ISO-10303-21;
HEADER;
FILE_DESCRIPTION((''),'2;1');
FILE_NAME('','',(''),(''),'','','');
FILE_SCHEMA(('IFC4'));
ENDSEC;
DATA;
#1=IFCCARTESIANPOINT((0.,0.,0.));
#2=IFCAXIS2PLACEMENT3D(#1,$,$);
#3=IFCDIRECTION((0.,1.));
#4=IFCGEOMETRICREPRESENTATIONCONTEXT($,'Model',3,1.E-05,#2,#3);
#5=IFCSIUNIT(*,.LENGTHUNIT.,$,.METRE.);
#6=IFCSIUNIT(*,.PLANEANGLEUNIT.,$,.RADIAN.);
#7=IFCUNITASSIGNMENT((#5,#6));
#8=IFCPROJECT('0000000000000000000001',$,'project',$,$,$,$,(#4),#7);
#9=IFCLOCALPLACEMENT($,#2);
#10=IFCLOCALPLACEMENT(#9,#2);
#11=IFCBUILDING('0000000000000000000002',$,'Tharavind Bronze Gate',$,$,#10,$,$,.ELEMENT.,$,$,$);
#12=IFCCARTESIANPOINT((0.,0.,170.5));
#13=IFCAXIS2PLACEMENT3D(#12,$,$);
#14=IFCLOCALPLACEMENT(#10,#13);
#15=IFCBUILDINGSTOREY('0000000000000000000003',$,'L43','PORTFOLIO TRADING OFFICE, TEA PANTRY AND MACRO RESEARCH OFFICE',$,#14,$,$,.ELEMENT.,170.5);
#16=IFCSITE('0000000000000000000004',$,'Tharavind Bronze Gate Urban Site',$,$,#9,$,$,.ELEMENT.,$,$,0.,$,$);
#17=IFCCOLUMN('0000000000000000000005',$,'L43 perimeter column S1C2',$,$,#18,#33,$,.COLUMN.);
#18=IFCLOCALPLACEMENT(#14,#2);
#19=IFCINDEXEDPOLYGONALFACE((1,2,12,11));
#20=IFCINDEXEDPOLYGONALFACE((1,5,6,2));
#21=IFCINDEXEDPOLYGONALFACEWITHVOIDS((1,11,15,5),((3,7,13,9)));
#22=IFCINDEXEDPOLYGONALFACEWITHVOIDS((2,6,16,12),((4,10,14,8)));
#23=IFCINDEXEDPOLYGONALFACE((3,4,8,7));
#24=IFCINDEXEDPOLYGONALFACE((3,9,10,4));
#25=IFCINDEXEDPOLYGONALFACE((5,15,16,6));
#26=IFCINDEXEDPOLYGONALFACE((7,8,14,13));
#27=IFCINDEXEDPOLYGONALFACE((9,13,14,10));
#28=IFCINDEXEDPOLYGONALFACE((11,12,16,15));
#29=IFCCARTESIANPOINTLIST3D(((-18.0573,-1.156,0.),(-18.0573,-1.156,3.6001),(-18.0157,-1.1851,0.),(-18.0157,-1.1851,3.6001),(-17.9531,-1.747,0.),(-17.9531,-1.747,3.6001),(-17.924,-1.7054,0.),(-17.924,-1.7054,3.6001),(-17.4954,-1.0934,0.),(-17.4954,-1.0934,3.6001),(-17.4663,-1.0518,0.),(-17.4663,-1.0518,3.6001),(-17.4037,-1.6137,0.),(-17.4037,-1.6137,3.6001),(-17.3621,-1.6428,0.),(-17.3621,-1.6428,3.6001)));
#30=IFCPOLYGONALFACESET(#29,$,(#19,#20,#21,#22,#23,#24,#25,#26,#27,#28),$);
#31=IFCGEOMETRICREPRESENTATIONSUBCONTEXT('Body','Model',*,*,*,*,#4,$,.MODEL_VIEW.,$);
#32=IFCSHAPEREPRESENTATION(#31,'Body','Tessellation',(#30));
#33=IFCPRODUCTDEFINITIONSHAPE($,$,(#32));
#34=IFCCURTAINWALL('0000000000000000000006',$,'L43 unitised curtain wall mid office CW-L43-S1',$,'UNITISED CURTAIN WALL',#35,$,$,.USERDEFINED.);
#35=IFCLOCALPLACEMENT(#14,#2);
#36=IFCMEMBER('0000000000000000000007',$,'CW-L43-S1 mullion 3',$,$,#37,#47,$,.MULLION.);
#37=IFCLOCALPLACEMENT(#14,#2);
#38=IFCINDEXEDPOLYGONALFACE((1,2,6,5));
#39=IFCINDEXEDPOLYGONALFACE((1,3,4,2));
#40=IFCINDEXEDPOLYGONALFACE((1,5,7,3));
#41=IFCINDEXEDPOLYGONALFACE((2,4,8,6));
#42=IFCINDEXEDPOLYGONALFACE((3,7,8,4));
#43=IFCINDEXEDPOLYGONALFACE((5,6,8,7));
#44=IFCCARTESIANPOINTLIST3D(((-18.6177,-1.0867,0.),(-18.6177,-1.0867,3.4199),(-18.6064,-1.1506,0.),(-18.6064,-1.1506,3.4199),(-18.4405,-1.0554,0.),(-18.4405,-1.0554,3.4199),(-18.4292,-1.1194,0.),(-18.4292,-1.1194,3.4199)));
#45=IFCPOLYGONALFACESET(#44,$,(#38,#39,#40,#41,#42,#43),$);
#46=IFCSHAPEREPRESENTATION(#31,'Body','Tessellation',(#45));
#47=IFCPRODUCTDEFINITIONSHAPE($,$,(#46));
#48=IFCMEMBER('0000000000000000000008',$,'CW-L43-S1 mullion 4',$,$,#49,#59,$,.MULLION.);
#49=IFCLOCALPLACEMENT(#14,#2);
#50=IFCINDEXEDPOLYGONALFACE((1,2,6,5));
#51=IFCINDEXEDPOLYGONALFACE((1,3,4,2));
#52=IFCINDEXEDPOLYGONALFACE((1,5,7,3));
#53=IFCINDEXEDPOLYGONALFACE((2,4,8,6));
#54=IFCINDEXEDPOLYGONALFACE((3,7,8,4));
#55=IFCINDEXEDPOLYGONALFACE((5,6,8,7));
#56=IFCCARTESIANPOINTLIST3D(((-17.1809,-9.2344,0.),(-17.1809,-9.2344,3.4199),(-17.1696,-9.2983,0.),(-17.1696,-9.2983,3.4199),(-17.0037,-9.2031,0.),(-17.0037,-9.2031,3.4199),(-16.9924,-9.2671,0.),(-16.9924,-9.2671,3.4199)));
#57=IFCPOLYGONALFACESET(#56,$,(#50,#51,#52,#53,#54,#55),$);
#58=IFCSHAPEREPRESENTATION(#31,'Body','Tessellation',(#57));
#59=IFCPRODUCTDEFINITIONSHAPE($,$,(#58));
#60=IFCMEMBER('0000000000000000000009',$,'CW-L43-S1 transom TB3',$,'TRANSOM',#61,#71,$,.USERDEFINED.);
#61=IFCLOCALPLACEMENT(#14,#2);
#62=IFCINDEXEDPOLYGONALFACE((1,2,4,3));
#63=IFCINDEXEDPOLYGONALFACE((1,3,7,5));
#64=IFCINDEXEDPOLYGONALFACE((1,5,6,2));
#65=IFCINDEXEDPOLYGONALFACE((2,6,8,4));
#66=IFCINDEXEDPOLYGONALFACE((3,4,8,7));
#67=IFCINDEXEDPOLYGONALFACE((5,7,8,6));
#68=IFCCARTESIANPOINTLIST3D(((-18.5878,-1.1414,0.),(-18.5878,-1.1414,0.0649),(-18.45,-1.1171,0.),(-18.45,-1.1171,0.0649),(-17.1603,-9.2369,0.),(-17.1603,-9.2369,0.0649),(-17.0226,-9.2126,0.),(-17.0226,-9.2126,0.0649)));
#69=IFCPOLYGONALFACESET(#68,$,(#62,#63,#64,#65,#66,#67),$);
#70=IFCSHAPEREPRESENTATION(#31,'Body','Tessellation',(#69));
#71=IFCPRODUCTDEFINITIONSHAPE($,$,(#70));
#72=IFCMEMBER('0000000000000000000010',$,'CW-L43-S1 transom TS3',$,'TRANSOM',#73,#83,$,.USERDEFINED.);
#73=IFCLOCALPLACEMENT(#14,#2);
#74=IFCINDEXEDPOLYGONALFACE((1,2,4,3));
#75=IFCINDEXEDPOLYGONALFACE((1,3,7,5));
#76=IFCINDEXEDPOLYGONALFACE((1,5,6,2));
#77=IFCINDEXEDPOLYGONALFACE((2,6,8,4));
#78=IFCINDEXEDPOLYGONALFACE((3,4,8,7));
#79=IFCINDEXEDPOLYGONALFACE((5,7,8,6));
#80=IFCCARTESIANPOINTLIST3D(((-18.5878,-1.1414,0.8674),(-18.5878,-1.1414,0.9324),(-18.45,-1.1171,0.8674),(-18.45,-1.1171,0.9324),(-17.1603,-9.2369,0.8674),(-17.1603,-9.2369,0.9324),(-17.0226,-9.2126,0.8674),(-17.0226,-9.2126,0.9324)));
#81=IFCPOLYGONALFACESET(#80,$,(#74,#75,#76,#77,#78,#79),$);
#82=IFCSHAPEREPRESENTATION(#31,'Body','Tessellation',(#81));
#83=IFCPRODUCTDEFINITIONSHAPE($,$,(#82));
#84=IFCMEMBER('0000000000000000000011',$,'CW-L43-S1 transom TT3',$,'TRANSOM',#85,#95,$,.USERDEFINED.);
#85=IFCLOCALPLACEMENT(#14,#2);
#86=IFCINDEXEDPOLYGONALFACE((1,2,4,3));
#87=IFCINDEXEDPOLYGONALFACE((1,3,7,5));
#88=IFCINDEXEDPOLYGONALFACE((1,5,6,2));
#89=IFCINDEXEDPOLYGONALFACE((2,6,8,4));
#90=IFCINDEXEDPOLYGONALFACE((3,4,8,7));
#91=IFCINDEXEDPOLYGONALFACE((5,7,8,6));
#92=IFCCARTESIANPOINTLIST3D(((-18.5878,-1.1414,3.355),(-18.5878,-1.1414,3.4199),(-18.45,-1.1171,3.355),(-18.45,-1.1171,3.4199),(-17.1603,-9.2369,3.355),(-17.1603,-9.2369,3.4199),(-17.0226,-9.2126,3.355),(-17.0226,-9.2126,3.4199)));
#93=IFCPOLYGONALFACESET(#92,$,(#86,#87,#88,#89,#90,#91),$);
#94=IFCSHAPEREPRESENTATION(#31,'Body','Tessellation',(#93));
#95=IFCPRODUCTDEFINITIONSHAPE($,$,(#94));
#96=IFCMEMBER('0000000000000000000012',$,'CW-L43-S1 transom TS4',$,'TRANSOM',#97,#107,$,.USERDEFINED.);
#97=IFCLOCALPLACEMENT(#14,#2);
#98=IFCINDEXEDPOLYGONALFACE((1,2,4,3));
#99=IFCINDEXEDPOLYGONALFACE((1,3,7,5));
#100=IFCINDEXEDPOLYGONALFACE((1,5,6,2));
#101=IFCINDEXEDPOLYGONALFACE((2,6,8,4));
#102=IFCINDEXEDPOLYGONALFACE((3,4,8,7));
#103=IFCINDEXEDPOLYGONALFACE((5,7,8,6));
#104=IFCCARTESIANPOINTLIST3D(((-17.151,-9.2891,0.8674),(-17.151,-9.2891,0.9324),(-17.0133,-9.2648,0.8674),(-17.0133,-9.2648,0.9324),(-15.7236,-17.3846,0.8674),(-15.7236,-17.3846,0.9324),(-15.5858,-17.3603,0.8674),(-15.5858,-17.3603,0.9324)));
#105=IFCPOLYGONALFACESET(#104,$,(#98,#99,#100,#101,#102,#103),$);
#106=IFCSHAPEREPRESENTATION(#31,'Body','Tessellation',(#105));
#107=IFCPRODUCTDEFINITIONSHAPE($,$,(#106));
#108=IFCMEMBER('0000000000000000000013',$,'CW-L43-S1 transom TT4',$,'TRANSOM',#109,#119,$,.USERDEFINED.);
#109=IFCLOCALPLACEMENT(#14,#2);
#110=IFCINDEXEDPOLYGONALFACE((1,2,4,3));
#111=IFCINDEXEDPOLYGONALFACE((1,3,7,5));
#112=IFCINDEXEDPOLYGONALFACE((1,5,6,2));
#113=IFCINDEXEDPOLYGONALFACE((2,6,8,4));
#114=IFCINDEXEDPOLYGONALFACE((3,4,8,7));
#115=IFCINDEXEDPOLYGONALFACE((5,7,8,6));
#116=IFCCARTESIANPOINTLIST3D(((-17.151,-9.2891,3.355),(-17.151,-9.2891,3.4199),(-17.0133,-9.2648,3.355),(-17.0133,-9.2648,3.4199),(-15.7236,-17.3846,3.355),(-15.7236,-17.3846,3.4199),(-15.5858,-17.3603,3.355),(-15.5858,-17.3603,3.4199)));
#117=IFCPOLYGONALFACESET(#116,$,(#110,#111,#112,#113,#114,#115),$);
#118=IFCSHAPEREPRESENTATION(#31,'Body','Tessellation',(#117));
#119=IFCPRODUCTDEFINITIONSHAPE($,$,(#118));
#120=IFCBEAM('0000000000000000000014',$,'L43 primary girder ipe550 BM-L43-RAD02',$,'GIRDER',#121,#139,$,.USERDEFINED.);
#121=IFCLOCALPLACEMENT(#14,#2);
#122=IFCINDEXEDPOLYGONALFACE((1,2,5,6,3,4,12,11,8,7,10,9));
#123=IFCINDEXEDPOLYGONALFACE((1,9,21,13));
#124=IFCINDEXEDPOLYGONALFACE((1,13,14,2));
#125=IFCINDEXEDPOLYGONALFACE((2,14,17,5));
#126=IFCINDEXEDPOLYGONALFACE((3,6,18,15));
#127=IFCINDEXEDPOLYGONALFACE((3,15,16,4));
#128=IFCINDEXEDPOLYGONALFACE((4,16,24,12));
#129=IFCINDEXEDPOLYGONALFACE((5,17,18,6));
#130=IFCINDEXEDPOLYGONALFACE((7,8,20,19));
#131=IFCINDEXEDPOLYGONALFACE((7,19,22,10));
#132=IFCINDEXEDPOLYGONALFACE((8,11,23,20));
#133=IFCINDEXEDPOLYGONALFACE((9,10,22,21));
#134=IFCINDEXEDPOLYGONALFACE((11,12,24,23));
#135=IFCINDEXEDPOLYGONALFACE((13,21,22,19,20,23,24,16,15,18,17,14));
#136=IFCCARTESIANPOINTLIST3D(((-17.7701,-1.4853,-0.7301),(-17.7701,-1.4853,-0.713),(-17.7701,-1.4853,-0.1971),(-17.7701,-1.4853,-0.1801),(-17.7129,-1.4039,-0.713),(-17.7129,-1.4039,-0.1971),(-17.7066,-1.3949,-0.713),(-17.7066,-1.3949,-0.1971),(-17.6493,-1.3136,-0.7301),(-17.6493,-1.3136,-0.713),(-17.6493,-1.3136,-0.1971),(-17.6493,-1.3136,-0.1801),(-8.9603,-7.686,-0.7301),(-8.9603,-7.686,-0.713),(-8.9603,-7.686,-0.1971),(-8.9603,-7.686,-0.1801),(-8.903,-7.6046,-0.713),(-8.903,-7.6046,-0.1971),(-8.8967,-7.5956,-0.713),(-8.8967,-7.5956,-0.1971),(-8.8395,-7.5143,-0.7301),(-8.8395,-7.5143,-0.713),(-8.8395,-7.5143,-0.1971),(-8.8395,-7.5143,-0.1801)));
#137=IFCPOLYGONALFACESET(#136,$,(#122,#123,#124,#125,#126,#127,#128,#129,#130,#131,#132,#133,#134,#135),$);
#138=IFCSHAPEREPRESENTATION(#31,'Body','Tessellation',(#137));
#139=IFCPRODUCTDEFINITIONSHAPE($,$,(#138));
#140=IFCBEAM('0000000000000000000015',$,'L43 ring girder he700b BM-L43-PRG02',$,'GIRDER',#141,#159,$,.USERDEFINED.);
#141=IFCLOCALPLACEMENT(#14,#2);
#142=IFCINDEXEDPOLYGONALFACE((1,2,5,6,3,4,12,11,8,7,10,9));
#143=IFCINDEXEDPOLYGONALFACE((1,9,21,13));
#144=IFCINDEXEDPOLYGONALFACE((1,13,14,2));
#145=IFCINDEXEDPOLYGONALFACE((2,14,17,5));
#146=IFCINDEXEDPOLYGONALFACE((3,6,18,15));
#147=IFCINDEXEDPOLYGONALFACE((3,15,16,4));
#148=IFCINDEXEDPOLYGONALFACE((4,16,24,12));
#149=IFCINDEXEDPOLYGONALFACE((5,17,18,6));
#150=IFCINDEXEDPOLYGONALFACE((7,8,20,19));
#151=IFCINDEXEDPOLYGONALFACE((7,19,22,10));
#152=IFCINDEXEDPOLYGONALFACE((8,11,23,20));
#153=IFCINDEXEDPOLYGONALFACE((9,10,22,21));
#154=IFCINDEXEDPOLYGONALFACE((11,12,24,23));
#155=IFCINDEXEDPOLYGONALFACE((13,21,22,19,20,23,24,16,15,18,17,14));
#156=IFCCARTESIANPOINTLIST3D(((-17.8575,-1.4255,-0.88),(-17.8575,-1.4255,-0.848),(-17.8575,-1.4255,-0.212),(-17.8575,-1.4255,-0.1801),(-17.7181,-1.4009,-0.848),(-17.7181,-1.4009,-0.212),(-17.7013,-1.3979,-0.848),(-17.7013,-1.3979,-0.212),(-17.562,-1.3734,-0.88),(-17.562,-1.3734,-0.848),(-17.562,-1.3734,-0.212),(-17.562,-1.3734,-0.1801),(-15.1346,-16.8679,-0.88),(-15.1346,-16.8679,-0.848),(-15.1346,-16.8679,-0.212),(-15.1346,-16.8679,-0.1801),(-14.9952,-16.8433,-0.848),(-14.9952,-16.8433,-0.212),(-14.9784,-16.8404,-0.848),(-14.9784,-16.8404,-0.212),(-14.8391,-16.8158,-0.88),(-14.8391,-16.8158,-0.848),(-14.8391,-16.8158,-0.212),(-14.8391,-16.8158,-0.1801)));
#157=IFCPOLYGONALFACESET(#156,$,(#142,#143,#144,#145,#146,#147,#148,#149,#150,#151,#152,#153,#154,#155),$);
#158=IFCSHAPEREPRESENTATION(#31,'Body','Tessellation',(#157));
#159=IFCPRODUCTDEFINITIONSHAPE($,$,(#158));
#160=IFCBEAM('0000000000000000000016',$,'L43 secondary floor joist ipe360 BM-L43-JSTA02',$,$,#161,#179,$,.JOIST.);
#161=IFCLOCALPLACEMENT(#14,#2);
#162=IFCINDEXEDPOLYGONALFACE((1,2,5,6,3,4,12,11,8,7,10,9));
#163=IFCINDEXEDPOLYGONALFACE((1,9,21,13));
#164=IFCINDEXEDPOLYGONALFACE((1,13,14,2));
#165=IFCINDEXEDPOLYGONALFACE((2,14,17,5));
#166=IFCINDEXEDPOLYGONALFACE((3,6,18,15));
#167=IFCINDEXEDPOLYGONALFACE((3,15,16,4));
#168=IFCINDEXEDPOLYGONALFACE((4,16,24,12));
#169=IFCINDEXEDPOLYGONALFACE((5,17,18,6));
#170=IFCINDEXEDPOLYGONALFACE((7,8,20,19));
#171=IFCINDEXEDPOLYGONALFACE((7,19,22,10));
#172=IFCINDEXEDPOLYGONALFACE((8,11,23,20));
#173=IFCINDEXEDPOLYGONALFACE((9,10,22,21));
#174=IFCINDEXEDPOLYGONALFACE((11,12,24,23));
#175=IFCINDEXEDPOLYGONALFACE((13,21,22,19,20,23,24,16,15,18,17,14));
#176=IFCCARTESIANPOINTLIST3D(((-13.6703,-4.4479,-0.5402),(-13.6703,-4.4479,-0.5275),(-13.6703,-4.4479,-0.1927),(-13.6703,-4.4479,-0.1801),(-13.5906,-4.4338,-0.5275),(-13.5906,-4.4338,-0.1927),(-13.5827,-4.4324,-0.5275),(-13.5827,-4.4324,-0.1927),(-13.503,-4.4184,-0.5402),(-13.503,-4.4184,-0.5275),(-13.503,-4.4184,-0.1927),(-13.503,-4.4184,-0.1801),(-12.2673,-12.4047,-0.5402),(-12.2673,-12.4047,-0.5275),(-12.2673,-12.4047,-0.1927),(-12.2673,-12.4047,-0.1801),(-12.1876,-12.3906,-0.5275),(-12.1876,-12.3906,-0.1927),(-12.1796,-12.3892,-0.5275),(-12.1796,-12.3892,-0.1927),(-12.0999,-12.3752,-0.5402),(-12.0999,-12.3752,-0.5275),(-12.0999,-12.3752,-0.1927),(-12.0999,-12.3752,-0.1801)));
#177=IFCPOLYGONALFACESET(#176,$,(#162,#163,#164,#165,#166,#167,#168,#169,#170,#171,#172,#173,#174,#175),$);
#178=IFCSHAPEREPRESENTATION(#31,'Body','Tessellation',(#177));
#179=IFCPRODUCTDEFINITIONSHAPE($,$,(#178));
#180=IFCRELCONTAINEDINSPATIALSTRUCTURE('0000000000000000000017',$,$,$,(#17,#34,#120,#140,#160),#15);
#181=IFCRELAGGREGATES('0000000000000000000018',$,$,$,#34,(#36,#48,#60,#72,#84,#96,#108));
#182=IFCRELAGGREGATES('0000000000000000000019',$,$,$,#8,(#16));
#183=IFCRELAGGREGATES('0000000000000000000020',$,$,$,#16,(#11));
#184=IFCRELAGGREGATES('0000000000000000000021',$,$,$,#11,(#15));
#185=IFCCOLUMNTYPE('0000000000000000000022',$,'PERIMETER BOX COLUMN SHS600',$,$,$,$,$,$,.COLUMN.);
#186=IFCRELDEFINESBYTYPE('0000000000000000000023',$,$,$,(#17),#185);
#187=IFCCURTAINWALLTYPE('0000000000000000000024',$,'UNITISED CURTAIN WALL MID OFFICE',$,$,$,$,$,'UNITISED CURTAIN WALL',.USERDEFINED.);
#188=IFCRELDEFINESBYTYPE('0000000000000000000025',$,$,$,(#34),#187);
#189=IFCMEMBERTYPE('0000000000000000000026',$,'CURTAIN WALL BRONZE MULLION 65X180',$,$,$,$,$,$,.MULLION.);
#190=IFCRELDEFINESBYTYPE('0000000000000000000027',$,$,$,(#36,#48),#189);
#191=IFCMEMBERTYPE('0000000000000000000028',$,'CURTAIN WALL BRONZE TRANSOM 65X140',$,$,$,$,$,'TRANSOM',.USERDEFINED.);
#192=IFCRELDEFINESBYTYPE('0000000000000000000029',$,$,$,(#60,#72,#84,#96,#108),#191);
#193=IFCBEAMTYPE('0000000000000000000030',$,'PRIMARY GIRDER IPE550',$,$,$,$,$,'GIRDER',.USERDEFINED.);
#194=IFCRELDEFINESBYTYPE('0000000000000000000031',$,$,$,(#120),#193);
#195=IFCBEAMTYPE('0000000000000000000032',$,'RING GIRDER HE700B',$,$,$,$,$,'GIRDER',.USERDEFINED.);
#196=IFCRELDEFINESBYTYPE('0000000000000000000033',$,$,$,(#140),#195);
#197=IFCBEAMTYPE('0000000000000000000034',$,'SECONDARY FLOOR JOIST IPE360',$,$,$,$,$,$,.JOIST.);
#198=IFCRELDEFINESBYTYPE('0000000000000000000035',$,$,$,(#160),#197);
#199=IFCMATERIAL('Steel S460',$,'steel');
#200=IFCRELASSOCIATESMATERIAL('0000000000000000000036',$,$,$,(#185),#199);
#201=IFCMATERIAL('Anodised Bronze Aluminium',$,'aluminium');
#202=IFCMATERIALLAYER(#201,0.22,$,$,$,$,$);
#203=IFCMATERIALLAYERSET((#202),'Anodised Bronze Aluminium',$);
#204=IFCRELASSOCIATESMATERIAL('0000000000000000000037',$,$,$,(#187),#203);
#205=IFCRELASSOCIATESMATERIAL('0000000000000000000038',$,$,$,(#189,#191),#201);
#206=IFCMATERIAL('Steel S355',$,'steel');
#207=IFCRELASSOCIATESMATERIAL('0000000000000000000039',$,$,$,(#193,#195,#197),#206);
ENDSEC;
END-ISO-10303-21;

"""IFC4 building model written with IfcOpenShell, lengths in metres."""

from ifc_helpers import new_model, si_unit, direction, frame, origin, origin_2d, place, context, subcontext, project, spatial, rectangle, hollow_rectangle, i_section, extrude, material, layer, layer_set, material_profile, profile_set, type_object, element, aggregate, save


model = new_model("IFC4")

# Units and contexts
model_context = context("Model", 3, precision=1e-05, world=origin(), true_north=direction((0.0, 1.0)))
body_context = subcontext(model_context, "Body", "Model", "MODEL_VIEW")
ifc_project = project(units=[si_unit("LENGTHUNIT", "METRE"), si_unit("PLANEANGLEUNIT", "RADIAN")], contexts=[model_context])

# Site, building, storey
site_placement = place(None, origin())
site = spatial("IfcSite", under=ifc_project, at=site_placement, Name="Tharavind Bronze Gate Urban Site", CompositionType="ELEMENT", RefElevation=0.0)
building_placement = place(site_placement, origin())
building = spatial("IfcBuilding", under=site, at=building_placement, Name="Tharavind Bronze Gate", CompositionType="ELEMENT")
storey_placement = place(building_placement, frame((0.0, 0.0, 170.5)))
storey = spatial("IfcBuildingStorey", under=building, at=storey_placement, Name="L43", Description="PORTFOLIO TRADING OFFICE, TEA PANTRY AND MACRO RESEARCH OFFICE", CompositionType="ELEMENT", Elevation=170.5)

# Column
ifc_material_1 = material(Name="Steel S460", Category="steel")
ifc_material_profile_1 = material_profile(ifc_material_1, hollow_rectangle(XDim=0.6001, YDim=0.6001, WallThickness=0.0359, at=origin_2d()), Name="SHS600X36")
ifc_profile_set_1 = profile_set([ifc_material_profile_1], Name="Steel S460")
column_type = type_object("IfcColumnType", Name="PERIMETER BOX COLUMN SHS600", PredefinedType="COLUMN", material=ifc_profile_set_1)
column_placement = place(storey_placement, frame((-17.7097, -1.3994, 0.0), z_axis=(0.0, 0.0, 1.0), x_axis=(-0.173648, 0.984808, 0.0)))
element("IfcColumn", 1, at=column_placement, inside=storey, type_object=column_type, Name="L43 perimeter column S1C2", PredefinedType="COLUMN", context=body_context, shape_type="SweptSolid", body=[
    extrude(hollow_rectangle(XDim=0.6001, YDim=0.6001, WallThickness=0.0359, at=origin_2d()), origin(), (0.0, 0.0, 1.0), 3.6001),
])

# Curtain wall, members
ifc_material_2 = material(Name="Anodised Bronze Aluminium", Category="aluminium")
ifc_layer_1 = layer(ifc_material_2, 0.22)
ifc_layer_set_1 = layer_set([ifc_layer_1], Name="Anodised Bronze Aluminium")
curtain_wall_type = type_object("IfcCurtainWallType", Name="UNITISED CURTAIN WALL MID OFFICE", ElementType="UNITISED CURTAIN WALL", PredefinedType="USERDEFINED", material=ifc_layer_set_1)
curtain_wall_placement = place(storey_placement, origin())
curtain_wall = element("IfcCurtainWall", 2, at=curtain_wall_placement, inside=storey, type_object=curtain_wall_type, Name="L43 unitised curtain wall mid office CW-L43-S1", ObjectType="UNITISED CURTAIN WALL", PredefinedType="USERDEFINED")
member_type_1 = type_object("IfcMemberType", Name="CURTAIN WALL BRONZE MULLION 65X180", PredefinedType="MULLION", material=ifc_material_2)
member_1_placement = place(storey_placement, frame((-18.5234, -1.103, 0.0), z_axis=(0.0, 0.0, 1.0), x_axis=(0.173648, -0.984808, 0.0)))
member_1 = element("IfcMember", 3, at=member_1_placement, type_object=member_type_1, Name="CW-L43-S1 mullion 3", PredefinedType="MULLION", context=body_context, shape_type="SweptSolid", body=[
    extrude(rectangle(XDim=0.0649, YDim=0.1799, at=origin_2d()), origin(), (0.0, 0.0, 1.0), 3.4199),
])
member_2_placement = place(storey_placement, frame((-17.0867, -9.2507, 0.0), z_axis=(0.0, 0.0, 1.0), x_axis=(0.173648, -0.984808, 0.0)))
member_2 = element("IfcMember", 4, at=member_2_placement, type_object=member_type_1, Name="CW-L43-S1 mullion 4", PredefinedType="MULLION", context=body_context, shape_type="SweptSolid", body=[
    extrude(rectangle(XDim=0.0649, YDim=0.1799, at=origin_2d()), origin(), (0.0, 0.0, 1.0), 3.4199),
])
member_type_2 = type_object("IfcMemberType", Name="CURTAIN WALL BRONZE TRANSOM 65X140", ElementType="TRANSOM", PredefinedType="USERDEFINED", material=ifc_material_2)
member_3_placement = place(storey_placement, frame((-17.8052, -5.177, 0.0), z_axis=(0.0, 0.0, 1.0), x_axis=(0.173648, -0.984808, 0.0)))
member_3 = element("IfcMember", 5, at=member_3_placement, type_object=member_type_2, Name="CW-L43-S1 transom TB3", ObjectType="TRANSOM", PredefinedType="USERDEFINED", context=body_context, shape_type="SweptSolid", body=[
    extrude(rectangle(XDim=8.2205, YDim=0.1399, at=origin_2d()), origin(), (0.0, 0.0, 1.0), 0.0649),
])
member_4_placement = place(storey_placement, frame((-17.8052, -5.177, 0.8674), z_axis=(0.0, 0.0, 1.0), x_axis=(0.173648, -0.984808, 0.0)))
member_4 = element("IfcMember", 6, at=member_4_placement, type_object=member_type_2, Name="CW-L43-S1 transom TS3", ObjectType="TRANSOM", PredefinedType="USERDEFINED", context=body_context, shape_type="SweptSolid", body=[
    extrude(rectangle(XDim=8.2205, YDim=0.1399, at=origin_2d()), origin(), (0.0, 0.0, 1.0), 0.0649),
])
member_5_placement = place(storey_placement, frame((-17.8052, -5.177, 3.355), z_axis=(0.0, 0.0, 1.0), x_axis=(0.173648, -0.984808, 0.0)))
member_5 = element("IfcMember", 7, at=member_5_placement, type_object=member_type_2, Name="CW-L43-S1 transom TT3", ObjectType="TRANSOM", PredefinedType="USERDEFINED", context=body_context, shape_type="SweptSolid", body=[
    extrude(rectangle(XDim=8.2205, YDim=0.1399, at=origin_2d()), origin(), (0.0, 0.0, 1.0), 0.0649),
])
member_6_placement = place(storey_placement, frame((-16.3684, -13.3247, 0.8674), z_axis=(0.0, 0.0, 1.0), x_axis=(0.173648, -0.984808, 0.0)))
member_6 = element("IfcMember", 8, at=member_6_placement, type_object=member_type_2, Name="CW-L43-S1 transom TS4", ObjectType="TRANSOM", PredefinedType="USERDEFINED", context=body_context, shape_type="SweptSolid", body=[
    extrude(rectangle(XDim=8.2205, YDim=0.1399, at=origin_2d()), origin(), (0.0, 0.0, 1.0), 0.0649),
])
member_7_placement = place(storey_placement, frame((-16.3684, -13.3247, 3.355), z_axis=(0.0, 0.0, 1.0), x_axis=(0.173648, -0.984808, 0.0)))
member_7 = element("IfcMember", 9, at=member_7_placement, type_object=member_type_2, Name="CW-L43-S1 transom TT4", ObjectType="TRANSOM", PredefinedType="USERDEFINED", context=body_context, shape_type="SweptSolid", body=[
    extrude(rectangle(XDim=8.2205, YDim=0.1399, at=origin_2d()), origin(), (0.0, 0.0, 1.0), 0.0649),
])

# Beams
ifc_material_3 = material(Name="Steel S355", Category="steel")
ifc_material_profile_2 = material_profile(ifc_material_3, i_section(OverallWidth=0.21, OverallDepth=0.55, WebThickness=0.011, FlangeThickness=0.0171, at=origin_2d()), Name="IPE550")
ifc_profile_set_2 = profile_set([ifc_material_profile_2], Name="Steel S355")
beam_type_1 = type_object("IfcBeamType", Name="PRIMARY GIRDER IPE550", ElementType="GIRDER", PredefinedType="USERDEFINED", material=ifc_profile_set_2)
beam_1_placement = place(storey_placement, frame((-17.7097, -1.3994, -0.4551), z_axis=(0.817755, -0.575567, 0.0), x_axis=(0.575567, 0.817755, 0.0)))
element("IfcBeam", 10, at=beam_1_placement, inside=storey, type_object=beam_type_1, Name="L43 primary girder ipe550 BM-L43-RAD02", ObjectType="GIRDER", PredefinedType="USERDEFINED", context=body_context, shape_type="SweptSolid", body=[
    extrude(i_section(OverallWidth=0.21, OverallDepth=0.55, WebThickness=0.011, FlangeThickness=0.0171, at=origin_2d()), origin(), (0.0, 0.0, 1.0), 10.7732),
])
ifc_material_profile_3 = material_profile(ifc_material_3, i_section(OverallWidth=0.3, OverallDepth=0.7, WebThickness=0.0171, FlangeThickness=0.032, at=origin_2d()), Name="HE700B")
ifc_profile_set_3 = profile_set([ifc_material_profile_3], Name="Steel S355")
beam_type_2 = type_object("IfcBeamType", Name="RING GIRDER HE700B", ElementType="GIRDER", PredefinedType="USERDEFINED", material=ifc_profile_set_3)
beam_2_placement = place(storey_placement, frame((-17.7097, -1.3994, -0.53), z_axis=(0.173648, -0.984808, 0.0), x_axis=(0.984808, 0.173648, 0.0)))
element("IfcBeam", 11, at=beam_2_placement, inside=storey, type_object=beam_type_2, Name="L43 ring girder he700b BM-L43-PRG02", ObjectType="GIRDER", PredefinedType="USERDEFINED", context=body_context, shape_type="SweptSolid", body=[
    extrude(i_section(OverallWidth=0.3, OverallDepth=0.7, WebThickness=0.0171, FlangeThickness=0.032, at=origin_2d()), origin(), (0.0, 0.0, 1.0), 15.6807),
])
ifc_material_profile_4 = material_profile(ifc_material_3, i_section(OverallWidth=0.1699, OverallDepth=0.3601, WebThickness=0.0081, FlangeThickness=0.0127, at=origin_2d()), Name="IPE360")
ifc_profile_set_4 = profile_set([ifc_material_profile_4], Name="Steel S355")
beam_type_3 = type_object("IfcBeamType", Name="SECONDARY FLOOR JOIST IPE360", PredefinedType="JOIST", material=ifc_profile_set_4)
beam_3_placement = place(storey_placement, frame((-13.5867, -4.4331, -0.3601), z_axis=(0.173658, -0.984806, 0.0), x_axis=(0.984806, 0.173658, 0.0)))
element("IfcBeam", 12, at=beam_3_placement, inside=storey, type_object=beam_type_3, Name="L43 secondary floor joist ipe360 BM-L43-JSTA02", PredefinedType="JOIST", context=body_context, shape_type="SweptSolid", body=[
    extrude(i_section(OverallWidth=0.1699, OverallDepth=0.3601, WebThickness=0.0081, FlangeThickness=0.0127, at=origin_2d()), origin(), (0.0, 0.0, 1.0), 8.0796),
])

aggregate(curtain_wall, [member_1, member_2, member_3, member_4, member_5, member_6, member_7])

save(model, "model.ifc")
